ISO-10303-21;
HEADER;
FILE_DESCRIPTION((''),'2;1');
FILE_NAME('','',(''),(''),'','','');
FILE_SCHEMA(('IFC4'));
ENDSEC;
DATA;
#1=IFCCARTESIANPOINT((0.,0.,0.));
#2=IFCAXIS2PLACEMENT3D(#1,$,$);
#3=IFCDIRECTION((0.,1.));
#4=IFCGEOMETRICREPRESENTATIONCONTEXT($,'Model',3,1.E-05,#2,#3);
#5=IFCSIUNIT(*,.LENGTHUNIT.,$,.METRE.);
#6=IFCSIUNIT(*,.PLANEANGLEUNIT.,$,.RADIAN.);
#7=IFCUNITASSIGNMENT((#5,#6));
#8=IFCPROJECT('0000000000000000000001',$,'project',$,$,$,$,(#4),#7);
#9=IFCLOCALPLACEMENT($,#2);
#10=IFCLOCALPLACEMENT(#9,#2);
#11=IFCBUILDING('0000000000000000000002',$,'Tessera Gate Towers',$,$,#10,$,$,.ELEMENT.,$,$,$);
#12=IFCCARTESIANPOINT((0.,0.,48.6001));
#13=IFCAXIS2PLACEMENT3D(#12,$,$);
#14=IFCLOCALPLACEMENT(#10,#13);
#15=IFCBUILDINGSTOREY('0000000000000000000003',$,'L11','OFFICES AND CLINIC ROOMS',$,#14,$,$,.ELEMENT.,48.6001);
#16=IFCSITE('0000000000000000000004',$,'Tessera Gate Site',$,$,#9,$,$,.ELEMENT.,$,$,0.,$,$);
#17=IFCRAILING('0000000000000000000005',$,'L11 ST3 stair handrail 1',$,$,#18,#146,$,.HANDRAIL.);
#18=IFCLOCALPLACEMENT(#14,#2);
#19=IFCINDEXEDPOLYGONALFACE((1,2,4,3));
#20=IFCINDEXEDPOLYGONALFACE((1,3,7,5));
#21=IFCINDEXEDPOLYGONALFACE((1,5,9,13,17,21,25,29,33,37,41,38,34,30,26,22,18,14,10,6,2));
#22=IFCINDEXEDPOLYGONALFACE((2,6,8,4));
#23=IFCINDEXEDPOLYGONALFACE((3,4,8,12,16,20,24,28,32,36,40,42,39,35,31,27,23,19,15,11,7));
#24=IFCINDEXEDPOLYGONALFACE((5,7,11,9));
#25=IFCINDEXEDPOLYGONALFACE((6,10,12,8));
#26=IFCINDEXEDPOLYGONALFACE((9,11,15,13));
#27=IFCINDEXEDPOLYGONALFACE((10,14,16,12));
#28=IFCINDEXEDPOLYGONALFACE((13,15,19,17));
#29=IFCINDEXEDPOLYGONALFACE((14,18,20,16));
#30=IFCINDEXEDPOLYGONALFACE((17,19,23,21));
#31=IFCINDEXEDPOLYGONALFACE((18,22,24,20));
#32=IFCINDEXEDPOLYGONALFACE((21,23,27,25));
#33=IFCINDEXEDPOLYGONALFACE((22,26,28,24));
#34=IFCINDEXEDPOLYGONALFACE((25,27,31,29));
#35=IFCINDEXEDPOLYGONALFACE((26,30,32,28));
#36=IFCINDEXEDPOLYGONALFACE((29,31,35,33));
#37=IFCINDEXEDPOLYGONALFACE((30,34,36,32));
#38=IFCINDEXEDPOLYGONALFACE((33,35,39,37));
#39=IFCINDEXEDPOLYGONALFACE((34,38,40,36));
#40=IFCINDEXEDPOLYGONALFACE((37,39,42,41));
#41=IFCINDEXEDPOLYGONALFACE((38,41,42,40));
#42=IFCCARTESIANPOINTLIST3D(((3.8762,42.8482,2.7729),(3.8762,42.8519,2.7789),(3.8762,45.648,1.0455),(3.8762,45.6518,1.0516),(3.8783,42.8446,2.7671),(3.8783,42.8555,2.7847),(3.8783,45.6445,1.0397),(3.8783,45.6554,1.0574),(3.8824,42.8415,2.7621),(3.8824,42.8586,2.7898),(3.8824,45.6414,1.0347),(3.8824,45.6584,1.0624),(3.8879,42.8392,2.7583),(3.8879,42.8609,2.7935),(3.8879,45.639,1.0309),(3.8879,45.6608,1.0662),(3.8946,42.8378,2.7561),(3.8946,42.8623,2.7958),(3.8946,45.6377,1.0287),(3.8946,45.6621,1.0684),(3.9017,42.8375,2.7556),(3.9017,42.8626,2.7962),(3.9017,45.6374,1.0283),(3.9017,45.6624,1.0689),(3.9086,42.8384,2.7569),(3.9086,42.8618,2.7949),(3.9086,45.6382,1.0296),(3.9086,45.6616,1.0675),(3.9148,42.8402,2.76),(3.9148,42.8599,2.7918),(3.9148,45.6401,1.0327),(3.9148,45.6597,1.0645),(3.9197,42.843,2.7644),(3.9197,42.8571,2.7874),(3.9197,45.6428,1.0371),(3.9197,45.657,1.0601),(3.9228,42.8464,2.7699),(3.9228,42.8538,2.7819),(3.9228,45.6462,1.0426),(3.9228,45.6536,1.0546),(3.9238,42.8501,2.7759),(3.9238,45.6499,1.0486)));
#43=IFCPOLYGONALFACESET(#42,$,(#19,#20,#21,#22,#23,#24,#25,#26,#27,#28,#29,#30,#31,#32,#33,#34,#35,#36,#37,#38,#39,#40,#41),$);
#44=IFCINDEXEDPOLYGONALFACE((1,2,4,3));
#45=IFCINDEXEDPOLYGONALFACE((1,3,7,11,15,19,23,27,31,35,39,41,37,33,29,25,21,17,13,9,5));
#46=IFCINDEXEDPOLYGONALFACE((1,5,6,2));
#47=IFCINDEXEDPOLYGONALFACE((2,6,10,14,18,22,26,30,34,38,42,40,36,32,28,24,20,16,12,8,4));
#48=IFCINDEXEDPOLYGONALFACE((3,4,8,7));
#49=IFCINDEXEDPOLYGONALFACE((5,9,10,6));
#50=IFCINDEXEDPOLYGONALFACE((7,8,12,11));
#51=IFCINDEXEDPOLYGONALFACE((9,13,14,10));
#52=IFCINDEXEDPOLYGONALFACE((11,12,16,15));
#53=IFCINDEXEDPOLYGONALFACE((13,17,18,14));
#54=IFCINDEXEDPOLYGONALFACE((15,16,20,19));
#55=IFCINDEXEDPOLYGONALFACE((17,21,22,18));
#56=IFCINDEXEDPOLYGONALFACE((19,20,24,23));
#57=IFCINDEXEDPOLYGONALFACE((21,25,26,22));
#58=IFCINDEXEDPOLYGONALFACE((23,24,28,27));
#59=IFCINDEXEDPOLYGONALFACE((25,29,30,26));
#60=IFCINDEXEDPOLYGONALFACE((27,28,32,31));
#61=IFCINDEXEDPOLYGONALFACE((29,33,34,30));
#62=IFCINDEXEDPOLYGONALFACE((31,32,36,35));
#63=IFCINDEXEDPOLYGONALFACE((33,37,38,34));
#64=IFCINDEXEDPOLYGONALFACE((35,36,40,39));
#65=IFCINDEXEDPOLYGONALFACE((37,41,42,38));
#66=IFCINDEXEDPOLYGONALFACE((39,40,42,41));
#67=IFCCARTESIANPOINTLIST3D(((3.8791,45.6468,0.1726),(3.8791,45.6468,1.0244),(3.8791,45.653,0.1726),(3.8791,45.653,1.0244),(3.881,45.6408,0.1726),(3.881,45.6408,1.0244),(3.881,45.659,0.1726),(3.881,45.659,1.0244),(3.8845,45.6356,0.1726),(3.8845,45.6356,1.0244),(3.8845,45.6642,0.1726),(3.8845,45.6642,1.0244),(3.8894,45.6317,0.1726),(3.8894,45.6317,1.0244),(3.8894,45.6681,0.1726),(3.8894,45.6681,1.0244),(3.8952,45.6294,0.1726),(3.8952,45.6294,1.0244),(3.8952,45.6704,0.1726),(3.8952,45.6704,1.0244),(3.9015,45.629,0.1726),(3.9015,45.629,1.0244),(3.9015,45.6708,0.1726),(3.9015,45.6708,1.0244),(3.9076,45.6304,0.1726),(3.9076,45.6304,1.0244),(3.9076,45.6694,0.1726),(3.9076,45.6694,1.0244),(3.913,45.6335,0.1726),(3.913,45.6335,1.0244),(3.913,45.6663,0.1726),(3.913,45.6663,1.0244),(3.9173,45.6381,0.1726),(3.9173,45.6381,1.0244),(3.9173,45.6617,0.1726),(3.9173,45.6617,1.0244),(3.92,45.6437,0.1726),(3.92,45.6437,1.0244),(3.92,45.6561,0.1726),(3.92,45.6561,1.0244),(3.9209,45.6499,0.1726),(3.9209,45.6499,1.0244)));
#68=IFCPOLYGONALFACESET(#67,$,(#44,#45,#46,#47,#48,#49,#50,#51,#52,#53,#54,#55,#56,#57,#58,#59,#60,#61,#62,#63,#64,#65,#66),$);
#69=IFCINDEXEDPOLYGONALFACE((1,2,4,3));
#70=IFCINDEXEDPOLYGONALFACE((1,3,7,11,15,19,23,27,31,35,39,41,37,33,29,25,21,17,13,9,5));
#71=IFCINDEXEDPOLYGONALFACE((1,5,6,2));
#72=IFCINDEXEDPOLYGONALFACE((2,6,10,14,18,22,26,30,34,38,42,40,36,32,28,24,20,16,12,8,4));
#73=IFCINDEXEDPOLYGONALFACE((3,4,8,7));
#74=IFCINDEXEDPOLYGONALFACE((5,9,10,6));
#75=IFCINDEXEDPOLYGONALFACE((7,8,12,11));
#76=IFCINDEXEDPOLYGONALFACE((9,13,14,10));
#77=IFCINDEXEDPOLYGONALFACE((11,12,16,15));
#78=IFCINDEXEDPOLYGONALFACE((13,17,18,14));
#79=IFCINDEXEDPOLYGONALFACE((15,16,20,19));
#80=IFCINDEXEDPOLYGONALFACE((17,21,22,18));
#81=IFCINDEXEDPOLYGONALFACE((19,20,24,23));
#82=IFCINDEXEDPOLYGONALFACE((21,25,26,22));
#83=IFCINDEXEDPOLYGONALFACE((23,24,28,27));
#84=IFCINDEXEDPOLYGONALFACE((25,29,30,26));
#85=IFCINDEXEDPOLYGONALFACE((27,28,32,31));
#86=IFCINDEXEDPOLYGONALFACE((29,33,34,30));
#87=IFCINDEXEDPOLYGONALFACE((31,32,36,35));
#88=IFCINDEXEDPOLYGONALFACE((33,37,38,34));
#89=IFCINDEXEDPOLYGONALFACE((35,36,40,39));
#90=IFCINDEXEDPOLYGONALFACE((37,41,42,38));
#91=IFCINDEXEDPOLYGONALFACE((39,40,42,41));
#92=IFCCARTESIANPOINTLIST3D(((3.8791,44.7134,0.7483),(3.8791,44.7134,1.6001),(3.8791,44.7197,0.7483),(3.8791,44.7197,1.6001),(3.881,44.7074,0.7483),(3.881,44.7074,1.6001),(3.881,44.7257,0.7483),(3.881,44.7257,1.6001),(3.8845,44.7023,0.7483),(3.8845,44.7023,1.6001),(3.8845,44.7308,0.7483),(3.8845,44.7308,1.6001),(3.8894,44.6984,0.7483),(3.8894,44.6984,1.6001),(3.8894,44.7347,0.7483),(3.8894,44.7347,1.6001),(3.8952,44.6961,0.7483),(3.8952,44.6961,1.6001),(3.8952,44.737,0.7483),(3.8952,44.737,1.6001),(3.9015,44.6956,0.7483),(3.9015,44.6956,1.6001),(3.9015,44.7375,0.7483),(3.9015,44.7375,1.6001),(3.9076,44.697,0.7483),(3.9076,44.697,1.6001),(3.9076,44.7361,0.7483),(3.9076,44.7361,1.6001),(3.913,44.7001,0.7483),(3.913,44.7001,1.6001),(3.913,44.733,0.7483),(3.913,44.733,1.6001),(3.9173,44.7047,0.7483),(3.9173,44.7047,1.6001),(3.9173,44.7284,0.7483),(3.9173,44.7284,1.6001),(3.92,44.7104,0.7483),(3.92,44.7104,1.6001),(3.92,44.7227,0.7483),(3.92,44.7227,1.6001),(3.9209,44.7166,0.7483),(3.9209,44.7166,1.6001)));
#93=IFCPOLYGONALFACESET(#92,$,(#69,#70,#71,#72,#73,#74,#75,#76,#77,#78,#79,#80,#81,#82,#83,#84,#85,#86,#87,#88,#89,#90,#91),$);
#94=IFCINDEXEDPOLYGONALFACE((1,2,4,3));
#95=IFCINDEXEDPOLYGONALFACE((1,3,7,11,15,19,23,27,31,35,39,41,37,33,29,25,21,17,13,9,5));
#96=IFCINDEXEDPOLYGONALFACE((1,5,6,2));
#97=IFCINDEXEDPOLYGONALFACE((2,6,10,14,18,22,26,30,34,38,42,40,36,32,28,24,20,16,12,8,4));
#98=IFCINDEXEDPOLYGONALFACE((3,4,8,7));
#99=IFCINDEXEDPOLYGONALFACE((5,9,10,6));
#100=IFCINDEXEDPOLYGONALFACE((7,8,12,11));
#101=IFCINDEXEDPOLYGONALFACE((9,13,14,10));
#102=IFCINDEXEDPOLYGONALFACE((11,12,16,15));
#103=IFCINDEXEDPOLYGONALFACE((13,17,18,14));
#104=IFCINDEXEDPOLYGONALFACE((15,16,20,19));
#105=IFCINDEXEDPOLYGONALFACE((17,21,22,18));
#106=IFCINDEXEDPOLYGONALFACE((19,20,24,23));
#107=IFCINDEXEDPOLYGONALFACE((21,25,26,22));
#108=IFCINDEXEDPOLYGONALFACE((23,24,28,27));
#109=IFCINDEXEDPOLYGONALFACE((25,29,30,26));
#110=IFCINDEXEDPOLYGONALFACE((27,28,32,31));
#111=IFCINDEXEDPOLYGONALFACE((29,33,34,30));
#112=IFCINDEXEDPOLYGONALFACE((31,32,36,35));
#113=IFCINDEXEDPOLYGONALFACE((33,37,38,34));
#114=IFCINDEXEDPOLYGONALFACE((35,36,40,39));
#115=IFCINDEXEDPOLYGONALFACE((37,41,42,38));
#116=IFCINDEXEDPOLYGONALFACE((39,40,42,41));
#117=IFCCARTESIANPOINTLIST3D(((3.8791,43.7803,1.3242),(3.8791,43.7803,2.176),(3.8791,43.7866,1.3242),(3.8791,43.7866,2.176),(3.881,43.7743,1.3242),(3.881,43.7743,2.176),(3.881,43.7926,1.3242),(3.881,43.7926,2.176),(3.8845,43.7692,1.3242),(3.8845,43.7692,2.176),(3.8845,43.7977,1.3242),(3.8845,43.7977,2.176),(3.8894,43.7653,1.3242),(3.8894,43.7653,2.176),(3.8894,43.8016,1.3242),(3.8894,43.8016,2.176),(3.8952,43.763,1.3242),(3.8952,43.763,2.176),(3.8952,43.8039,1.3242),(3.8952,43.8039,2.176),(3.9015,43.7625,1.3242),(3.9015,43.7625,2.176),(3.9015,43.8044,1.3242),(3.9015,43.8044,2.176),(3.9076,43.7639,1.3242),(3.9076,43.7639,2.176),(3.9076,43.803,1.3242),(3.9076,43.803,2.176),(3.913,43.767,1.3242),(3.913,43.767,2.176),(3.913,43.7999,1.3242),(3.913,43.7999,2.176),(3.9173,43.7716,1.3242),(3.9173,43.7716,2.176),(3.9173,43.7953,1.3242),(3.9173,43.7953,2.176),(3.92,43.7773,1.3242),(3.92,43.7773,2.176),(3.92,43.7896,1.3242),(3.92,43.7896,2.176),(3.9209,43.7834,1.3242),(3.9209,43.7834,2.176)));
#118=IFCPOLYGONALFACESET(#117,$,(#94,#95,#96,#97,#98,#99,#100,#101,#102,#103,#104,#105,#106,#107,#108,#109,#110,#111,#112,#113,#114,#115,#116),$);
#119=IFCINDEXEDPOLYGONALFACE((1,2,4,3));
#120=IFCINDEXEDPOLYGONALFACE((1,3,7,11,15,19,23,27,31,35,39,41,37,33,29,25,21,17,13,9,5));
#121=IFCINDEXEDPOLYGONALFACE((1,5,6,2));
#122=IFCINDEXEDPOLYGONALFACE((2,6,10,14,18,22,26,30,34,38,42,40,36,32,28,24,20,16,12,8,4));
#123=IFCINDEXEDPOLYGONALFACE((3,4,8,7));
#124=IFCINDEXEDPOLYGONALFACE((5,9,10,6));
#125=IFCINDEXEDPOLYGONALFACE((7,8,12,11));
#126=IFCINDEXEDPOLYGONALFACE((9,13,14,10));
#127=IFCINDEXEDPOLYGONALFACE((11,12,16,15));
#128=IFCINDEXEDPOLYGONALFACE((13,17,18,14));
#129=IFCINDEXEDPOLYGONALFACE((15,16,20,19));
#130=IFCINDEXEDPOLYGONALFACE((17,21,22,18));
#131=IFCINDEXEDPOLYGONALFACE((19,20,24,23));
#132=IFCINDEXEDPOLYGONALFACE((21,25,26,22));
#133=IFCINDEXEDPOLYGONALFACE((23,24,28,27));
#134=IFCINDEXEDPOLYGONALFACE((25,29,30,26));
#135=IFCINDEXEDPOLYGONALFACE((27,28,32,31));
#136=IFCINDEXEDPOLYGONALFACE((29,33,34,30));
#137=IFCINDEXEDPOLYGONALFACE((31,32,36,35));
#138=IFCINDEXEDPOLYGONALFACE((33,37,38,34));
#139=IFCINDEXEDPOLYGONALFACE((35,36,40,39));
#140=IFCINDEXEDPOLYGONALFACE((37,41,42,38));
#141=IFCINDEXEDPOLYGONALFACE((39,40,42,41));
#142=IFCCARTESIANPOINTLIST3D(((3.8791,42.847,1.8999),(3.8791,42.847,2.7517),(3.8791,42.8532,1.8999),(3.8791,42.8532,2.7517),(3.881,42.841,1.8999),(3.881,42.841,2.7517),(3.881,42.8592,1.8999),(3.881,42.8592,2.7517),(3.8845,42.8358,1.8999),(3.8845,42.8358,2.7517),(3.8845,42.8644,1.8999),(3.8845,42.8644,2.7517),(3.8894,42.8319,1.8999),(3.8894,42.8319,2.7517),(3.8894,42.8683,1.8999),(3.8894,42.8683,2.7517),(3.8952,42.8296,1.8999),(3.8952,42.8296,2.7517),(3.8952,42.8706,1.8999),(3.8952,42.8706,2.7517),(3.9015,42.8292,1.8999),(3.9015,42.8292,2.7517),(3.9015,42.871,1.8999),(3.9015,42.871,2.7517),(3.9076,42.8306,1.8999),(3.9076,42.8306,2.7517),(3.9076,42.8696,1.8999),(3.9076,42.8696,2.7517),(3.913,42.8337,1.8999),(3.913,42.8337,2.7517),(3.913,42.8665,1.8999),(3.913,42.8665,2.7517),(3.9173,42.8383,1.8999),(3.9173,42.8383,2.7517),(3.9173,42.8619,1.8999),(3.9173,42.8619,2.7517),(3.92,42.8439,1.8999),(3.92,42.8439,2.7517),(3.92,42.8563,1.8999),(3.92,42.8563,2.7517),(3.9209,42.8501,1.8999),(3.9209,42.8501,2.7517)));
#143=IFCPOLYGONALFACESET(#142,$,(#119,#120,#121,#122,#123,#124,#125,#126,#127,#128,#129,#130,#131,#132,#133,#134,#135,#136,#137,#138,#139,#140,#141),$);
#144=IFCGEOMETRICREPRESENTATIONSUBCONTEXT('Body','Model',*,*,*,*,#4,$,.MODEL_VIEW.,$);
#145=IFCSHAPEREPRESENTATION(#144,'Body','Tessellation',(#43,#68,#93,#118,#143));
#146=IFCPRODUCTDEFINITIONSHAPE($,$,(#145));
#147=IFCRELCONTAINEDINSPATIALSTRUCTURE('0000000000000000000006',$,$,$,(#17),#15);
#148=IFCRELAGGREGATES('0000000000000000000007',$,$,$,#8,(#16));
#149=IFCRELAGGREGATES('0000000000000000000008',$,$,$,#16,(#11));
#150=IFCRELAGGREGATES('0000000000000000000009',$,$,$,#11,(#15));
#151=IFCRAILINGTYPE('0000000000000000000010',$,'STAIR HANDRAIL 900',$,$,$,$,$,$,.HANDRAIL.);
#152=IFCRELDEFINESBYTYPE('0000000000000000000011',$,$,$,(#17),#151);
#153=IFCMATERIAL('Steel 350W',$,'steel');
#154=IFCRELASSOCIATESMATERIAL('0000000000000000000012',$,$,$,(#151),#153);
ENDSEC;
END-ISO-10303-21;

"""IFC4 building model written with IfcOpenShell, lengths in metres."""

from ifc_helpers import new_model, si_unit, direction, frame, origin, origin_2d, place, context, subcontext, project, spatial, circle, extrude, material, type_object, element, save


model = new_model("IFC4")

# Units and contexts
model_context = context("Model", 3, precision=1e-05, world=origin(), true_north=direction((0.0, 1.0)))
body_context = subcontext(model_context, "Body", "Model", "MODEL_VIEW")
ifc_project = project(units=[si_unit("LENGTHUNIT", "METRE"), si_unit("PLANEANGLEUNIT", "RADIAN")], contexts=[model_context])

# Site, building, storey
site_placement = place(None, origin())
site = spatial("IfcSite", under=ifc_project, at=site_placement, Name="Tessera Gate Site", CompositionType="ELEMENT", RefElevation=0.0)
building_placement = place(site_placement, origin())
building = spatial("IfcBuilding", under=site, at=building_placement, Name="Tessera Gate Towers", CompositionType="ELEMENT")
storey_placement = place(building_placement, frame((0.0, 0.0, 48.6001)))
storey = spatial("IfcBuildingStorey", under=building, at=storey_placement, Name="L11", Description="OFFICES AND CLINIC ROOMS", CompositionType="ELEMENT", Elevation=48.6001)

# Railing
ifc_material_1 = material(Name="Steel 350W", Category="steel")
railing_type_1 = type_object("IfcRailingType", Name="STAIR HANDRAIL 900", PredefinedType="HANDRAIL", material=ifc_material_1)
railing_1_placement = place(storey_placement, frame((3.8999, 45.6499, 0.1726)))
element("IfcRailing", 1, at=railing_1_placement, inside=storey, type_object=railing_type_1, Name="L11 ST3 stair handrail 1", PredefinedType="HANDRAIL", context=body_context, shape_type="SweptSolid", body=[
    extrude(circle(Radius=0.0239, at=origin_2d()), frame((0.0, 0.0, 0.876), z_axis=(0.0, -0.851069, 0.525054), x_axis=(1.0, 0.0, 0.0)), (0.0, 0.0, 1.0), 3.2898),
    extrude(circle(Radius=0.021, at=origin_2d()), origin(), (0.0, 0.0, 1.0), 0.8518),
    extrude(circle(Radius=0.021, at=origin_2d()), frame((0.0, -0.9333, 0.5757)), (0.0, 0.0, 1.0), 0.8518),
    extrude(circle(Radius=0.021, at=origin_2d()), frame((0.0, -1.8665, 1.1516)), (0.0, 0.0, 1.0), 0.8518),
    extrude(circle(Radius=0.021, at=origin_2d()), frame((0.0, -2.7998, 1.7273)), (0.0, 0.0, 1.0), 0.8518),
])

save(model, "model.ifc")
